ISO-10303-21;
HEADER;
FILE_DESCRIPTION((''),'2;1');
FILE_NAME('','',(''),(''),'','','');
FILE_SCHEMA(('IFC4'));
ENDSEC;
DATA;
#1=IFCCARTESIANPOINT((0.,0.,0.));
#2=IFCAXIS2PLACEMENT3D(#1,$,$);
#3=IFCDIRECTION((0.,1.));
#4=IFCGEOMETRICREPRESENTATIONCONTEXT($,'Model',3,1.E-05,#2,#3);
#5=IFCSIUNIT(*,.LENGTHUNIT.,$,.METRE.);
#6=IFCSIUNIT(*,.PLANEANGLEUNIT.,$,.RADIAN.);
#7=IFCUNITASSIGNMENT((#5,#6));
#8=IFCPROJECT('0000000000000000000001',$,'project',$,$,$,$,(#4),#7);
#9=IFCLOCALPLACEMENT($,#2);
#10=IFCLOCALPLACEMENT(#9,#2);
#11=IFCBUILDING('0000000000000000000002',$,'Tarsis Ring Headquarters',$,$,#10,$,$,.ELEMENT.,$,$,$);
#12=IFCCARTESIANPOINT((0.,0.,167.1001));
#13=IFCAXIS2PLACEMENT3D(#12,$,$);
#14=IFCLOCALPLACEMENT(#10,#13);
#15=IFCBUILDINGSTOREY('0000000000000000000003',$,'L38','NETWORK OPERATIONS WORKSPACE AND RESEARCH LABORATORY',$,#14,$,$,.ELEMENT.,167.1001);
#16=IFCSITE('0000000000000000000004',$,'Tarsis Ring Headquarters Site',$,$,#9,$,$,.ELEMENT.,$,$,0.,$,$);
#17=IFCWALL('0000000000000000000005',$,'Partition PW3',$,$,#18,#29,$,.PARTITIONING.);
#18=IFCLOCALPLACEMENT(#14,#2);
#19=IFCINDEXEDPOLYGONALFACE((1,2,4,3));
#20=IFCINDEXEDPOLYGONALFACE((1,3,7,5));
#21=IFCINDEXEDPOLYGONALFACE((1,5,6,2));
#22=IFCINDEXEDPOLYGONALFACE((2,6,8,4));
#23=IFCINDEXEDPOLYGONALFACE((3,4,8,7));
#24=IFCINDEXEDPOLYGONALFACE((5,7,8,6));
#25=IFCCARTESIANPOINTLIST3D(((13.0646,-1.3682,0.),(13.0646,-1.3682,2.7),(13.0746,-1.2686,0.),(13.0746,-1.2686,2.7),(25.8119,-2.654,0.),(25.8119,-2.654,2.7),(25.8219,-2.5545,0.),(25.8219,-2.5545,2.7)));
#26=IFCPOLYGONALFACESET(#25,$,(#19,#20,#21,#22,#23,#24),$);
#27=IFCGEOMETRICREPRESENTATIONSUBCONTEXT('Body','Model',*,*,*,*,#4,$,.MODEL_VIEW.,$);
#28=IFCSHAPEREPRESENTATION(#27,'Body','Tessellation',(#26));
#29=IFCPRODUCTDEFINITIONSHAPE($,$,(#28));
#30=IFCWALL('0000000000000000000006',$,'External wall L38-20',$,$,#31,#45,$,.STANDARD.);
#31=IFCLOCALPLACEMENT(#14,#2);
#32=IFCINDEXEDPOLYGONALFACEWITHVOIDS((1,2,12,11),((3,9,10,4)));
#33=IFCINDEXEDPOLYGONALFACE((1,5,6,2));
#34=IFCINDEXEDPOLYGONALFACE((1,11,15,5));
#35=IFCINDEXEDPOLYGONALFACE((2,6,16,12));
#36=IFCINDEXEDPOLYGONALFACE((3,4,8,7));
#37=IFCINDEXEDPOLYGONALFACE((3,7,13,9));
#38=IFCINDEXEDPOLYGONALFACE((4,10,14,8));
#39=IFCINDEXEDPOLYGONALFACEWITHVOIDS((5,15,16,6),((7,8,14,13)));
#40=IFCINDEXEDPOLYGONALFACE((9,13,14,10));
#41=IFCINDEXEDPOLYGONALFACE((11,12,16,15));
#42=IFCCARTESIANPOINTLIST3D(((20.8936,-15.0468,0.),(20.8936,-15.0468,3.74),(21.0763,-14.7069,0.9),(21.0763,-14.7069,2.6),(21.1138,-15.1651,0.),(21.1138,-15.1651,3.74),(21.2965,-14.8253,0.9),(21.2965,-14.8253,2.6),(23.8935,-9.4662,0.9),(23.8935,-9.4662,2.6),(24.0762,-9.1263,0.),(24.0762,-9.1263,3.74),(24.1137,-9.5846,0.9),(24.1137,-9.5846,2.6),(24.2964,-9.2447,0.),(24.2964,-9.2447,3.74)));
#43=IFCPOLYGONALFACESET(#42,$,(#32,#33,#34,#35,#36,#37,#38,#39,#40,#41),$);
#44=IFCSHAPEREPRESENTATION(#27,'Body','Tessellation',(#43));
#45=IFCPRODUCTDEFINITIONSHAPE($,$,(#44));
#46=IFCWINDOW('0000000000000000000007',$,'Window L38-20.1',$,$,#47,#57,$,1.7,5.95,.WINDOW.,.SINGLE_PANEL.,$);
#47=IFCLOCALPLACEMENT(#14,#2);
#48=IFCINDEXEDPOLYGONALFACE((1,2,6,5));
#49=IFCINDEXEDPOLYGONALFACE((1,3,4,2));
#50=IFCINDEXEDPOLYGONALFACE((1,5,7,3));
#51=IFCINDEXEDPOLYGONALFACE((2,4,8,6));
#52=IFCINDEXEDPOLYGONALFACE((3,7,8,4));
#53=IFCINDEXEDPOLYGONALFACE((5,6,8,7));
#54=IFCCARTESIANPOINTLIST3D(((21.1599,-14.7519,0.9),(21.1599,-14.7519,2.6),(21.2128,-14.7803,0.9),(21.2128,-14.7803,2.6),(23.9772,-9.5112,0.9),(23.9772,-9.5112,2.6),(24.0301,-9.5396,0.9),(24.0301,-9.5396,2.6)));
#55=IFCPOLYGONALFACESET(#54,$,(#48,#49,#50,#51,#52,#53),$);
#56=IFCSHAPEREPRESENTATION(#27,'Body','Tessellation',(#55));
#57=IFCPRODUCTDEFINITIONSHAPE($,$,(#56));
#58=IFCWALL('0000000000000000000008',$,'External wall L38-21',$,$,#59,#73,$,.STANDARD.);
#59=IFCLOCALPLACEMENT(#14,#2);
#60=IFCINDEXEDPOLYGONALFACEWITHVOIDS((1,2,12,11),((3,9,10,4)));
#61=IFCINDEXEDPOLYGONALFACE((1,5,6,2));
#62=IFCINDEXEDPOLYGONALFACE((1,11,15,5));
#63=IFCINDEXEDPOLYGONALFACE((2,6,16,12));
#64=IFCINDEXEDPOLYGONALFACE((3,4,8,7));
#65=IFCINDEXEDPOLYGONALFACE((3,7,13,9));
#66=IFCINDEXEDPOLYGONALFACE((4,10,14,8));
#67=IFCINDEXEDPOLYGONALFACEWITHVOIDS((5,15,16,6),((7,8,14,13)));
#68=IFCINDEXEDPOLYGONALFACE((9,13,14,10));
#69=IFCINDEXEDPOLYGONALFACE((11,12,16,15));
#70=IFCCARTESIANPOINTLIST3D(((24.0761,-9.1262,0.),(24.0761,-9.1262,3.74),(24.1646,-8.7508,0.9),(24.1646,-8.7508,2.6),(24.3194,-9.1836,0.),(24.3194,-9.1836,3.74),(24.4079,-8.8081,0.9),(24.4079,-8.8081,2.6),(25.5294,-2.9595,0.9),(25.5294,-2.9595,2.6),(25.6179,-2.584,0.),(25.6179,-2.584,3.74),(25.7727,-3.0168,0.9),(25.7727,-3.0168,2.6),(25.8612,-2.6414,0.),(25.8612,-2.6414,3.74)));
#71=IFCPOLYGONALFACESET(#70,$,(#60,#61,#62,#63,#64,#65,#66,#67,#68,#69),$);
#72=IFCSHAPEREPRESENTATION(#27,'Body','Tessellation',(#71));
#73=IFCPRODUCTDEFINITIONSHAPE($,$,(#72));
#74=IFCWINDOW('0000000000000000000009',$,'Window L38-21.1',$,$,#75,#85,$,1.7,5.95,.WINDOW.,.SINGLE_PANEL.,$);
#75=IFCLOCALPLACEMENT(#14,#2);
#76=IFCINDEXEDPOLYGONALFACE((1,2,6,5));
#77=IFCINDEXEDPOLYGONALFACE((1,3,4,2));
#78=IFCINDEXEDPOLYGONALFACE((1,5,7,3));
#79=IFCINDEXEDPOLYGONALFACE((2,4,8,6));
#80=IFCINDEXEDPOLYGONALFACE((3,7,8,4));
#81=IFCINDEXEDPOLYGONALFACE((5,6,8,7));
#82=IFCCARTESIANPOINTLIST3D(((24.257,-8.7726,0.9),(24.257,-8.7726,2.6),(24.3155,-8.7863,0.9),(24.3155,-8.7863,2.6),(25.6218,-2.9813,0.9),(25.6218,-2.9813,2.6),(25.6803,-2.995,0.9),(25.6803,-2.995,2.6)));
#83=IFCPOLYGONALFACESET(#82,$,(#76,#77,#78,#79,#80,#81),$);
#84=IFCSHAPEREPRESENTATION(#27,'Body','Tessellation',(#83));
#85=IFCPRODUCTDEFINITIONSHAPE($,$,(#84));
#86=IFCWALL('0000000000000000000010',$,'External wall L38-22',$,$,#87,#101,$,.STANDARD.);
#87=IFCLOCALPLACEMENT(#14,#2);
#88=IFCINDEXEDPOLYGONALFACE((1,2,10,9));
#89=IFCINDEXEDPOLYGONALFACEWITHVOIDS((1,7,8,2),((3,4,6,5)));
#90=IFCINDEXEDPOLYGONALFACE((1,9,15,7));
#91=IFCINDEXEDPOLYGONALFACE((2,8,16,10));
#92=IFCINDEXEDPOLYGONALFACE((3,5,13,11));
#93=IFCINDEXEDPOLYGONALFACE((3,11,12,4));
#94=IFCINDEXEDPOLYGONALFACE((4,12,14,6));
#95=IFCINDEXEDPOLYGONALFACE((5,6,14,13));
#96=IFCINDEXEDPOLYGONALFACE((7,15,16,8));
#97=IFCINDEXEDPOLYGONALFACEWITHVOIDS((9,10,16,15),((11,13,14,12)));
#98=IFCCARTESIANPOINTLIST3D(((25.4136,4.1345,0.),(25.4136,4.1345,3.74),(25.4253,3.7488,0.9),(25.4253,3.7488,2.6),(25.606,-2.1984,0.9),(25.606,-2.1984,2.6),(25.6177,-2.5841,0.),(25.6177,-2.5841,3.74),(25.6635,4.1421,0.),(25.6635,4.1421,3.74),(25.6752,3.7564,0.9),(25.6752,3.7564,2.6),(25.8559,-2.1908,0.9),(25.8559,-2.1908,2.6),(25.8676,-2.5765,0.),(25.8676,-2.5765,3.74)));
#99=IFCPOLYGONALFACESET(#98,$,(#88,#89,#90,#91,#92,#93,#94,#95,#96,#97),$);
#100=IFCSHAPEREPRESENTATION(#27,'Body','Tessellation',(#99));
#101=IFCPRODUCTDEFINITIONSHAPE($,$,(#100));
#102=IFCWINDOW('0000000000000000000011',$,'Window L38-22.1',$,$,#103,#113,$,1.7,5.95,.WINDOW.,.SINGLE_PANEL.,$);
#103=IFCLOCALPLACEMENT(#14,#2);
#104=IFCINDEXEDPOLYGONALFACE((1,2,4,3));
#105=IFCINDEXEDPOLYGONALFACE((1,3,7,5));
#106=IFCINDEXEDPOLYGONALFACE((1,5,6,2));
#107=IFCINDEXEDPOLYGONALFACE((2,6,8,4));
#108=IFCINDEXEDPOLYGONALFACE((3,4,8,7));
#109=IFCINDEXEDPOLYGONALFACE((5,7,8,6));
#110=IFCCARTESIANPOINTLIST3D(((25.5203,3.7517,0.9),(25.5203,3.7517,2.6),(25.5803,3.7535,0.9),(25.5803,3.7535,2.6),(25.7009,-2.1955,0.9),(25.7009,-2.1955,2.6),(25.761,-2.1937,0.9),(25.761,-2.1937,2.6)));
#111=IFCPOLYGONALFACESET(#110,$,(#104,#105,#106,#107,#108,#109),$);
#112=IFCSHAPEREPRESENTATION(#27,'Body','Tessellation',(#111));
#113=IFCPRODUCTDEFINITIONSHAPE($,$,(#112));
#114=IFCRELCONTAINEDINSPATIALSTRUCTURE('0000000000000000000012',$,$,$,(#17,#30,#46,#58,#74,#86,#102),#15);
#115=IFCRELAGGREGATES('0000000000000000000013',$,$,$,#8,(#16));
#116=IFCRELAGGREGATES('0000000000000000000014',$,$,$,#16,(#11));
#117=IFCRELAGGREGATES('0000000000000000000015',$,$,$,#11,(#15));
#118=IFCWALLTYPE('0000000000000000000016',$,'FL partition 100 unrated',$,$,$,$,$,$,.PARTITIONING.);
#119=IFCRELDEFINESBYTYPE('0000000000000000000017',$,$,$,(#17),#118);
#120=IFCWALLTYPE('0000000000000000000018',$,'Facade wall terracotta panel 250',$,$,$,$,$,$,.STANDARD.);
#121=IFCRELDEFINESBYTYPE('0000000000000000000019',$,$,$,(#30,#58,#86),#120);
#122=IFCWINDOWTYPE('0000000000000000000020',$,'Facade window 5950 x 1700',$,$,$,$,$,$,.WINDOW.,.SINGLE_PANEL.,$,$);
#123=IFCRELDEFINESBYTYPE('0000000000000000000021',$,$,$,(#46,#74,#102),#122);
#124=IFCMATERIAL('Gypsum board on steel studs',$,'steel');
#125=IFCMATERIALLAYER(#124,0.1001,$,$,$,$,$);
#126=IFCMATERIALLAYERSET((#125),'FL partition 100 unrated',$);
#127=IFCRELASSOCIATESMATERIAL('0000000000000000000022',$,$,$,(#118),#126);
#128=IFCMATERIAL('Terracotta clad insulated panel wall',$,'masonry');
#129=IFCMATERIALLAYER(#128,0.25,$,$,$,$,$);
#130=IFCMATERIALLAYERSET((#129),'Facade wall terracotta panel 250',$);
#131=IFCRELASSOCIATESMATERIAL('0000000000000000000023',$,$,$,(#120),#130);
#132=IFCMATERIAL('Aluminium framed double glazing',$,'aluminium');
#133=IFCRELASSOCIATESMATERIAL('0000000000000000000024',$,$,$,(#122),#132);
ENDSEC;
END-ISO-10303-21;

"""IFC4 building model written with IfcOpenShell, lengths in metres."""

from ifc_helpers import new_model, si_unit, direction, frame, frame_2d, origin, place, context, subcontext, project, spatial, rectangle, extrude, material, layer, layer_set, type_object, element, fill, save


model = new_model("IFC4")

# Units and contexts
model_context = context("Model", 3, precision=1e-05, world=origin(), true_north=direction((0.0, 1.0)))
body_context = subcontext(model_context, "Body", "Model", "MODEL_VIEW")
ifc_project = project(units=[si_unit("LENGTHUNIT", "METRE"), si_unit("PLANEANGLEUNIT", "RADIAN")], contexts=[model_context])

# Site, building, storey
site_placement = place(None, origin())
site = spatial("IfcSite", under=ifc_project, at=site_placement, Name="Tarsis Ring Headquarters Site", CompositionType="ELEMENT", RefElevation=0.0)
building_placement = place(site_placement, origin())
building = spatial("IfcBuilding", under=site, at=building_placement, Name="Tarsis Ring Headquarters", CompositionType="ELEMENT")
storey_placement = place(building_placement, frame((0.0, 0.0, 167.1001)))
storey = spatial("IfcBuildingStorey", under=building, at=storey_placement, Name="L38", Description="NETWORK OPERATIONS WORKSPACE AND RESEARCH LABORATORY", CompositionType="ELEMENT", Elevation=167.1001)

# Wall
ifc_material_1 = material(Name="Gypsum board on steel studs", Category="steel")
ifc_layer_1 = layer(ifc_material_1, 0.1001)
ifc_layer_set_1 = layer_set([ifc_layer_1], Name="FL partition 100 unrated")
wall_type_1 = type_object("IfcWallType", Name="FL partition 100 unrated", PredefinedType="PARTITIONING", material=ifc_layer_set_1)
wall_1_placement = place(storey_placement, frame((13.0696, -1.3184, 0.0), z_axis=(0.0, 0.0, 1.0), x_axis=(0.994951, -0.100366, 0.0)))
element("IfcWall", 1, at=wall_1_placement, inside=storey, type_object=wall_type_1, Name="Partition PW3", PredefinedType="PARTITIONING", context=body_context, shape_type="SweptSolid", body=[
    extrude(rectangle(XDim=12.812, YDim=0.1001, at=frame_2d((6.406, 0.0))), origin(), (0.0, 0.0, 1.0), 2.7),
])

# Walls, openings, windows
ifc_material_2 = material(Name="Terracotta clad insulated panel wall", Category="masonry")
ifc_layer_2 = layer(ifc_material_2, 0.25)
ifc_layer_set_2 = layer_set([ifc_layer_2], Name="Facade wall terracotta panel 250")
wall_type_2 = type_object("IfcWallType", Name="Facade wall terracotta panel 250", PredefinedType="STANDARD", material=ifc_layer_set_2)
wall_2_placement = place(storey_placement, frame((21.0037, -15.106, 0.0), z_axis=(0.0, 0.0, 1.0), x_axis=(0.473489, 0.8808, 0.0)))
wall_2 = element("IfcWall", 2, at=wall_2_placement, inside=storey, type_object=wall_type_2, Name="External wall L38-20", PredefinedType="STANDARD", context=body_context, shape_type="SweptSolid", body=[
    extrude(rectangle(XDim=6.7217, YDim=0.25, at=frame_2d((3.3608, 0.0))), origin(), (0.0, 0.0, 1.0), 3.74),
])
opening_1_placement = place(wall_2_placement, frame((0.3857, 0.0, 0.8999)))
opening_1 = element("IfcOpeningElement", 3, at=opening_1_placement, cuts=wall_2, PredefinedType="OPENING", context=body_context, shape_type="SweptSolid", body=[
    extrude(rectangle(XDim=5.95, YDim=1.7, at=frame_2d((2.9751, 0.8501))), frame((0.0, 0.135, 0.0), z_axis=(0.0, -1.0, 0.0), x_axis=(1.0, 0.0, 0.0)), (0.0, 0.0, 1.0), 0.27),
])
ifc_material_3 = material(Name="Aluminium framed double glazing", Category="aluminium")
window_type = type_object("IfcWindowType", Name="Facade window 5950 x 1700", PartitioningType="SINGLE_PANEL", PredefinedType="WINDOW", material=ifc_material_3)
window_1_placement = place(opening_1_placement, origin())
window_1 = element("IfcWindow", 4, at=window_1_placement, inside=storey, type_object=window_type, Name="Window L38-20.1", OverallHeight=1.7, OverallWidth=5.95, PartitioningType="SINGLE_PANEL", PredefinedType="WINDOW", context=body_context, shape_type="SweptSolid", body=[
    extrude(rectangle(XDim=5.95, YDim=1.7, at=frame_2d((2.9751, 0.8501))), frame((0.0, 0.03, 0.0), z_axis=(0.0, -1.0, 0.0), x_axis=(1.0, 0.0, 0.0)), (0.0, 0.0, 1.0), 0.0601),
])
fill(opening_1, window_1)
wall_3_placement = place(storey_placement, frame((24.1978, -9.155, 0.0), z_axis=(0.0, 0.0, 1.0), x_axis=(0.229377, 0.973338, 0.0)))
wall_3 = element("IfcWall", 5, at=wall_3_placement, inside=storey, type_object=wall_type_2, Name="External wall L38-21", PredefinedType="STANDARD", context=body_context, shape_type="SweptSolid", body=[
    extrude(rectangle(XDim=6.7214, YDim=0.25, at=frame_2d((3.3608, 0.0))), origin(), (0.0, 0.0, 1.0), 3.74),
])
opening_2_placement = place(wall_3_placement, frame((0.3857, 0.0, 0.8999)))
opening_2 = element("IfcOpeningElement", 6, at=opening_2_placement, cuts=wall_3, PredefinedType="OPENING", context=body_context, shape_type="SweptSolid", body=[
    extrude(rectangle(XDim=5.95, YDim=1.7, at=frame_2d((2.9751, 0.8501))), frame((0.0, 0.135, 0.0), z_axis=(0.0, -1.0, 0.0), x_axis=(1.0, 0.0, 0.0)), (0.0, 0.0, 1.0), 0.27),
])
window_2_placement = place(opening_2_placement, origin())
window_2 = element("IfcWindow", 7, at=window_2_placement, inside=storey, type_object=window_type, Name="Window L38-21.1", OverallHeight=1.7, OverallWidth=5.95, PartitioningType="SINGLE_PANEL", PredefinedType="WINDOW", context=body_context, shape_type="SweptSolid", body=[
    extrude(rectangle(XDim=5.95, YDim=1.7, at=frame_2d((2.9751, 0.8501))), frame((0.0, 0.03, 0.0), z_axis=(0.0, -1.0, 0.0), x_axis=(1.0, 0.0, 0.0)), (0.0, 0.0, 1.0), 0.0601),
])
fill(opening_2, window_2)
wall_4_placement = place(storey_placement, frame((25.7427, -2.5803, 0.0), z_axis=(0.0, 0.0, 1.0), x_axis=(-0.030365, 0.999539, 0.0)))
wall_4 = element("IfcWall", 8, at=wall_4_placement, inside=storey, type_object=wall_type_2, Name="External wall L38-22", PredefinedType="STANDARD", context=body_context, shape_type="SweptSolid", body=[
    extrude(rectangle(XDim=6.7217, YDim=0.25, at=frame_2d((3.3608, 0.0))), origin(), (0.0, 0.0, 1.0), 3.74),
])
opening_3_placement = place(wall_4_placement, frame((0.3857, 0.0, 0.8999)))
opening_3 = element("IfcOpeningElement", 9, at=opening_3_placement, cuts=wall_4, PredefinedType="OPENING", context=body_context, shape_type="SweptSolid", body=[
    extrude(rectangle(XDim=5.95, YDim=1.7, at=frame_2d((2.9751, 0.8501))), frame((0.0, 0.135, 0.0), z_axis=(0.0, -1.0, 0.0), x_axis=(1.0, 0.0, 0.0)), (0.0, 0.0, 1.0), 0.27),
])
window_3_placement = place(opening_3_placement, origin())
window_3 = element("IfcWindow", 10, at=window_3_placement, inside=storey, type_object=window_type, Name="Window L38-22.1", OverallHeight=1.7, OverallWidth=5.95, PartitioningType="SINGLE_PANEL", PredefinedType="WINDOW", context=body_context, shape_type="SweptSolid", body=[
    extrude(rectangle(XDim=5.95, YDim=1.7, at=frame_2d((2.9751, 0.8501))), frame((0.0, 0.03, 0.0), z_axis=(0.0, -1.0, 0.0), x_axis=(1.0, 0.0, 0.0)), (0.0, 0.0, 1.0), 0.0601),
])
fill(opening_3, window_3)

save(model, "model.ifc")
